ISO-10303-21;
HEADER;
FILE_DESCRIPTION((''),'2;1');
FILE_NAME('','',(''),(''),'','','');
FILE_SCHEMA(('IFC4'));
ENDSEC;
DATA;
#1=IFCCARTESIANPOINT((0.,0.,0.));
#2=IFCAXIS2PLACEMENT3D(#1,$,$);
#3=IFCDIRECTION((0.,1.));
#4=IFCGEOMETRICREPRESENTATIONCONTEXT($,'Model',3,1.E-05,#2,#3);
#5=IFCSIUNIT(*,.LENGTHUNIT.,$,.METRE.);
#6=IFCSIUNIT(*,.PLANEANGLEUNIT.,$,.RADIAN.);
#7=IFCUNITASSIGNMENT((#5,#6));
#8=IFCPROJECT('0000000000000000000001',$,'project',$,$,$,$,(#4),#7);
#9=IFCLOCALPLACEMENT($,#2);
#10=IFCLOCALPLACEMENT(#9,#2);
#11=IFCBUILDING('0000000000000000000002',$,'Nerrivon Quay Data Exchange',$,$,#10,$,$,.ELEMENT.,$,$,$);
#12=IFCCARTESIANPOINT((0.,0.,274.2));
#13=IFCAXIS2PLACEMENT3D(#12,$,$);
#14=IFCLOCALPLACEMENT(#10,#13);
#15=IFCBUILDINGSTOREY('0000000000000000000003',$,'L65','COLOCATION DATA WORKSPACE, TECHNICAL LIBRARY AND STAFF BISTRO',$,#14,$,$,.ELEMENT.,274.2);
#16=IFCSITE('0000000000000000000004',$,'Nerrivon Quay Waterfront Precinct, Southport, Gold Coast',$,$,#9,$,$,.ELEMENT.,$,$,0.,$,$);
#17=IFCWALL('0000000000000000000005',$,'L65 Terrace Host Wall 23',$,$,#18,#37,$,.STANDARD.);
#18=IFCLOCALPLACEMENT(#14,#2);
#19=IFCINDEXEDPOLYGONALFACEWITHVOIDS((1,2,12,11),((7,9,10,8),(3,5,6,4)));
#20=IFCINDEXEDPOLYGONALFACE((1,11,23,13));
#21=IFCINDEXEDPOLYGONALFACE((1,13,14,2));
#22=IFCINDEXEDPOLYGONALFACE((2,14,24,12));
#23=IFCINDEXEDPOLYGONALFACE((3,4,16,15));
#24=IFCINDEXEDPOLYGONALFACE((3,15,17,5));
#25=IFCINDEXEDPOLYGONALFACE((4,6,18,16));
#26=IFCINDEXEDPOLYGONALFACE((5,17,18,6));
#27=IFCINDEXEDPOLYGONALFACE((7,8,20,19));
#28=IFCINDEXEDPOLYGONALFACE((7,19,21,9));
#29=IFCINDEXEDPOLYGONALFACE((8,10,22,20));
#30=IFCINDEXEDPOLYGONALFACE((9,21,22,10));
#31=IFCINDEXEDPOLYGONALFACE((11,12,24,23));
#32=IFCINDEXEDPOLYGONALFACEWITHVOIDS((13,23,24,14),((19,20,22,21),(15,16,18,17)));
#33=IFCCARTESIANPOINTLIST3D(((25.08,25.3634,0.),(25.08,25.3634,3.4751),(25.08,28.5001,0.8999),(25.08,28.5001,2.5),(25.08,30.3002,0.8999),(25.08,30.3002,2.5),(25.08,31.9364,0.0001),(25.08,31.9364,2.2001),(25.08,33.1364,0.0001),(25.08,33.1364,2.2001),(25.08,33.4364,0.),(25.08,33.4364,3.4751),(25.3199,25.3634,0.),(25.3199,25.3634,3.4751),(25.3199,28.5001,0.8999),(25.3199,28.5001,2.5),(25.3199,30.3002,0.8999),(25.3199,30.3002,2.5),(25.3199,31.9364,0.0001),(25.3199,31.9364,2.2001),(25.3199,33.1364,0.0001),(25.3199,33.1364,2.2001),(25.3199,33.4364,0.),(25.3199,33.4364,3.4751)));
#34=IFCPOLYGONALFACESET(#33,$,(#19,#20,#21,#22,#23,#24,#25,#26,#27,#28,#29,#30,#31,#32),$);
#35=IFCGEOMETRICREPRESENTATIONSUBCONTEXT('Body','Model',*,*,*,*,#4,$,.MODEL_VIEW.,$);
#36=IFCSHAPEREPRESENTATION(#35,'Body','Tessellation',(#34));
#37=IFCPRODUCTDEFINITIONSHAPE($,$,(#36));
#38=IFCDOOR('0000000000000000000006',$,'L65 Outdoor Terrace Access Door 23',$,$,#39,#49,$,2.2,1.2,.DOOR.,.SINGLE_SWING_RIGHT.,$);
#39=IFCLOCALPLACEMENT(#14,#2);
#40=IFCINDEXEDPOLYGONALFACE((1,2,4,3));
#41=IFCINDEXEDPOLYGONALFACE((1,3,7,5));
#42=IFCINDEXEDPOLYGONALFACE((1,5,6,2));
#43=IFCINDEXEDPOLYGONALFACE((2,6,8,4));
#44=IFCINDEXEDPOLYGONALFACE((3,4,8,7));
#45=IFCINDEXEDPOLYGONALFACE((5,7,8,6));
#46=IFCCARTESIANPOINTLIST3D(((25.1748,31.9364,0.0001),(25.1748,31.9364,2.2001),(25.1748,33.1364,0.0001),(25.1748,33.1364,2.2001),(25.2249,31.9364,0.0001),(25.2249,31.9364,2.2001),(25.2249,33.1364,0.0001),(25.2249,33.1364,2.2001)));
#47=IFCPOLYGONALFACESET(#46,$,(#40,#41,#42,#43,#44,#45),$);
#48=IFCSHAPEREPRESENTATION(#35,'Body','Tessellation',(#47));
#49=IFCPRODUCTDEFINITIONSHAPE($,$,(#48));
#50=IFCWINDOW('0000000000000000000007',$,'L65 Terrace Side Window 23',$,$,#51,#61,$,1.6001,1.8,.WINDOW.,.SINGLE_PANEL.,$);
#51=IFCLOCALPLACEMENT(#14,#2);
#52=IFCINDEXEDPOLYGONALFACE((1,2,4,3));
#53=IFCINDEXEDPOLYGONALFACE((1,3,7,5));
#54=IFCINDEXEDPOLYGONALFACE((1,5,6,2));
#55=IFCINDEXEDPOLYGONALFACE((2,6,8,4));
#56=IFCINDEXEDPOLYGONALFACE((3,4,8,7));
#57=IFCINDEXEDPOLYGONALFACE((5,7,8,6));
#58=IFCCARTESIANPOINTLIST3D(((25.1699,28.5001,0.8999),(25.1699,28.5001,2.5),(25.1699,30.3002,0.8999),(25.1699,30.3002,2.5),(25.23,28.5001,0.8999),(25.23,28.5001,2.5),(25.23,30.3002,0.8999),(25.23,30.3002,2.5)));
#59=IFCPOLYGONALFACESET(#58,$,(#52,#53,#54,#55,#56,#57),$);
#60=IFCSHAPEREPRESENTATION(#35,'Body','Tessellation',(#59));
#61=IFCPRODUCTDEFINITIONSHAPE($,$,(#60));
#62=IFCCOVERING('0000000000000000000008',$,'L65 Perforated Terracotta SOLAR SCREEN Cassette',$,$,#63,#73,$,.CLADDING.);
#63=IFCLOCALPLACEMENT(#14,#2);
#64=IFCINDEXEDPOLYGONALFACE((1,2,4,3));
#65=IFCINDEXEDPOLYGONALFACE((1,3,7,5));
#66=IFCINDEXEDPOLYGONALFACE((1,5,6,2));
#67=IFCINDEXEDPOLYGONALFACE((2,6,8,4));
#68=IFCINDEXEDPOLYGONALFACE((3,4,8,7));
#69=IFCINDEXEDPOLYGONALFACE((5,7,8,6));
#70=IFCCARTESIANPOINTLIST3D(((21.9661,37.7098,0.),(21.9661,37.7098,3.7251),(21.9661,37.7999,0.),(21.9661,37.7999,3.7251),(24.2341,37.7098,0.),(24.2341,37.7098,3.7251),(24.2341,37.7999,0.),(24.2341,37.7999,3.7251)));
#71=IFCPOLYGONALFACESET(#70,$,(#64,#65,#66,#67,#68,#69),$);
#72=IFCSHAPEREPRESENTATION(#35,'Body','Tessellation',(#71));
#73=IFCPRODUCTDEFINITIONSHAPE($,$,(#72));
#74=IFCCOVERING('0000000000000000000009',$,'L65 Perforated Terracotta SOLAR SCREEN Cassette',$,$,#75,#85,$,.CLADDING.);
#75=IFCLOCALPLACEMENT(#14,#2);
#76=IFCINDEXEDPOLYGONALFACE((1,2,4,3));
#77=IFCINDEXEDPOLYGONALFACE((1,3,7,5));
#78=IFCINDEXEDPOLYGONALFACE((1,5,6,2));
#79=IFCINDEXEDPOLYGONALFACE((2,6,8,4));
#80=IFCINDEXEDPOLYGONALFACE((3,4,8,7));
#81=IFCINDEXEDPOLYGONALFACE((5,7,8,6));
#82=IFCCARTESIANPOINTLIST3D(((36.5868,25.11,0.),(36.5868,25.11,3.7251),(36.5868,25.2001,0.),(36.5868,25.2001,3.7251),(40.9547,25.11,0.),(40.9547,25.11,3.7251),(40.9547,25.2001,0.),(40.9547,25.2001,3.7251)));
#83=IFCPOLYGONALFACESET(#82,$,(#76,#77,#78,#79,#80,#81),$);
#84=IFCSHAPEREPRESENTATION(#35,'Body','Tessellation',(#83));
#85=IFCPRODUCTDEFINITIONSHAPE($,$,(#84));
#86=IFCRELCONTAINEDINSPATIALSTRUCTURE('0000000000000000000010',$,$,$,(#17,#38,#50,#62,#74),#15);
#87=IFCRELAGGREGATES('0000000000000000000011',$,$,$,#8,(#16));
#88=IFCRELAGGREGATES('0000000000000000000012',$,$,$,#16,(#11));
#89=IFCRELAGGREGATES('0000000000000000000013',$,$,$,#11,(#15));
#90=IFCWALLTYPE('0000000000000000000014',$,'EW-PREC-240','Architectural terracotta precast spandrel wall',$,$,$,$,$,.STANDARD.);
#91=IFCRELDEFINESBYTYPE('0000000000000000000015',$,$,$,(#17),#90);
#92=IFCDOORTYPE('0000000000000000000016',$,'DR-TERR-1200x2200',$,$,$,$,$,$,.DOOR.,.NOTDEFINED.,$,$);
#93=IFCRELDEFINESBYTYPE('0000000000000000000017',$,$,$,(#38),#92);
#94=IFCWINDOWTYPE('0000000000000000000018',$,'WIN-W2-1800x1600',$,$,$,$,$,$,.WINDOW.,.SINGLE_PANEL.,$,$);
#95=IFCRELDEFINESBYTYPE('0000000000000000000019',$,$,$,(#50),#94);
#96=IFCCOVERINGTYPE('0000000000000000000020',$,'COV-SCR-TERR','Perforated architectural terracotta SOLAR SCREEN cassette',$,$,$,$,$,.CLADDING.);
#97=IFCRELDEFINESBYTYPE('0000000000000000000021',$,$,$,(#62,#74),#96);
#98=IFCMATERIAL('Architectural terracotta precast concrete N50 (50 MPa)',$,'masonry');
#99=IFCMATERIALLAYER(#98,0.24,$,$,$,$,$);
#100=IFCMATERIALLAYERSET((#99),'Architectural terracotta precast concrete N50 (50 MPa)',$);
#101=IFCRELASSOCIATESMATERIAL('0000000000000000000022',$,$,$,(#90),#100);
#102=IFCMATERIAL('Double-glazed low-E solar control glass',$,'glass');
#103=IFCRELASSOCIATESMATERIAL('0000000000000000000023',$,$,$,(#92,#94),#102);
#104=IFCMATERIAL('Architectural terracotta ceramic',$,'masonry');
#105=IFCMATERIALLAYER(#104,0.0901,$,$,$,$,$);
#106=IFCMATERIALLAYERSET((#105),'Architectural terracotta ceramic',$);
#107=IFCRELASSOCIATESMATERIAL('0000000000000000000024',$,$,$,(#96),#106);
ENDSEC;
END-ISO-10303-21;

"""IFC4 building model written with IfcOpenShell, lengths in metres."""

from ifc_helpers import new_model, si_unit, direction, frame, frame_2d, origin, origin_2d, place, context, subcontext, project, spatial, rectangle, extrude, material, layer, layer_set, type_object, element, fill, save


model = new_model("IFC4")

# Units and contexts
model_context = context("Model", 3, precision=1e-05, world=origin(), true_north=direction((0.0, 1.0)))
body_context = subcontext(model_context, "Body", "Model", "MODEL_VIEW")
ifc_project = project(units=[si_unit("LENGTHUNIT", "METRE"), si_unit("PLANEANGLEUNIT", "RADIAN")], contexts=[model_context])

# Site, building, storey
site_placement = place(None, origin())
site = spatial("IfcSite", under=ifc_project, at=site_placement, Name="Nerrivon Quay Waterfront Precinct, Southport, Gold Coast", CompositionType="ELEMENT", RefElevation=0.0)
building_placement = place(site_placement, origin())
building = spatial("IfcBuilding", under=site, at=building_placement, Name="Nerrivon Quay Data Exchange", CompositionType="ELEMENT")
storey_placement = place(building_placement, frame((0.0, 0.0, 274.2)))
storey = spatial("IfcBuildingStorey", under=building, at=storey_placement, Name="L65", Description="COLOCATION DATA WORKSPACE, TECHNICAL LIBRARY AND STAFF BISTRO", CompositionType="ELEMENT", Elevation=274.2)

# Shared definitions
ifc_material_1 = material(Name="Double-glazed low-E solar control glass", Category="glass")

# Shared definitions
ifc_material_2 = material(Name="Architectural terracotta precast concrete N50 (50 MPa)", Category="masonry")
ifc_layer_1 = layer(ifc_material_2, 0.24)
ifc_layer_set_1 = layer_set([ifc_layer_1], Name="Architectural terracotta precast concrete N50 (50 MPa)")
wall_type = type_object("IfcWallType", Name="EW-PREC-240", Description="Architectural terracotta precast spandrel wall", PredefinedType="STANDARD", material=ifc_layer_set_1)
door_type = type_object("IfcDoorType", Name="DR-TERR-1200x2200", OperationType="NOTDEFINED", PredefinedType="DOOR", material=ifc_material_1)

# Wall, openings, door, window
wall_1_placement = place(storey_placement, frame((25.2, 33.4365, 0.0), z_axis=(0.0, 0.0, 1.0), x_axis=(0.0, -1.0, 0.0)))
wall_1 = element("IfcWall", 1, at=wall_1_placement, inside=storey, type_object=wall_type, Name="L65 Terrace Host Wall 23", PredefinedType="STANDARD", context=body_context, shape_type="SweptSolid", body=[
    extrude(rectangle(XDim=8.073, YDim=0.24, at=frame_2d((4.0366, 0.0))), origin(), (0.0, 0.0, 1.0), 3.4751),
])
opening_1_placement = place(wall_1_placement, frame((0.3, 0.0, 0.0)))
opening_1 = element("IfcOpeningElement", 2, at=opening_1_placement, cuts=wall_1, PredefinedType="OPENING", context=body_context, shape_type="SweptSolid", body=[
    extrude(rectangle(XDim=1.2, YDim=2.2, at=frame_2d((0.6001, 1.1001))), frame((0.0, 0.1299, 0.0), z_axis=(0.0, -1.0, 0.0), x_axis=(1.0, 0.0, 0.0)), (0.0, 0.0, 1.0), 0.26),
])
opening_2_placement = place(wall_1_placement, frame((3.1365, 0.0, 0.8999)))
opening_2 = element("IfcOpeningElement", 3, at=opening_2_placement, cuts=wall_1, PredefinedType="OPENING", context=body_context, shape_type="SweptSolid", body=[
    extrude(rectangle(XDim=1.8, YDim=1.6001, at=frame_2d((0.8999, 0.8))), frame((0.0, 0.1299, 0.0), z_axis=(0.0, -1.0, 0.0), x_axis=(1.0, 0.0, 0.0)), (0.0, 0.0, 1.0), 0.26),
])
door_1_placement = place(opening_1_placement, origin())
door_1 = element("IfcDoor", 4, at=door_1_placement, inside=storey, type_object=door_type, Name="L65 Outdoor Terrace Access Door 23", OperationType="SINGLE_SWING_RIGHT", OverallHeight=2.2, OverallWidth=1.2, PredefinedType="DOOR", context=body_context, shape_type="SweptSolid", body=[
    extrude(rectangle(XDim=1.2, YDim=2.2, at=frame_2d((0.6001, 1.1001))), frame((0.0, 0.0249, 0.0), z_axis=(0.0, -1.0, 0.0), x_axis=(1.0, 0.0, 0.0)), (0.0, 0.0, 1.0), 0.05),
])
fill(opening_1, door_1)
window_type = type_object("IfcWindowType", Name="WIN-W2-1800x1600", PartitioningType="SINGLE_PANEL", PredefinedType="WINDOW", material=ifc_material_1)
window_placement = place(opening_2_placement, origin())
window = element("IfcWindow", 5, at=window_placement, inside=storey, type_object=window_type, Name="L65 Terrace Side Window 23", OverallHeight=1.6001, OverallWidth=1.8, PartitioningType="SINGLE_PANEL", PredefinedType="WINDOW", context=body_context, shape_type="SweptSolid", body=[
    extrude(rectangle(XDim=1.8, YDim=1.6001, at=frame_2d((0.8999, 0.8))), frame((0.0, 0.03, 0.0), z_axis=(0.0, -1.0, 0.0), x_axis=(1.0, 0.0, 0.0)), (0.0, 0.0, 1.0), 0.0601),
])
fill(opening_2, window)

# Coverings
ifc_material_3 = material(Name="Architectural terracotta ceramic", Category="masonry")
ifc_layer_2 = layer(ifc_material_3, 0.0901)
ifc_layer_set_2 = layer_set([ifc_layer_2], Name="Architectural terracotta ceramic")
covering_type = type_object("IfcCoveringType", Name="COV-SCR-TERR", Description="Perforated architectural terracotta SOLAR SCREEN cassette", PredefinedType="CLADDING", material=ifc_layer_set_2)
covering_1_placement = place(storey_placement, frame((23.1001, 37.7549, 0.0), z_axis=(0.0, 0.0, 1.0), x_axis=(1.0, 0.0, 0.0)))
element("IfcCovering", 6, at=covering_1_placement, inside=storey, type_object=covering_type, Name="L65 Perforated Terracotta SOLAR SCREEN Cassette", PredefinedType="CLADDING", context=body_context, shape_type="SweptSolid", body=[
    extrude(rectangle(XDim=2.2681, YDim=0.0901, at=origin_2d()), origin(), (0.0, 0.0, 1.0), 3.7251),
])
covering_2_placement = place(storey_placement, frame((38.7708, 25.155, 0.0), z_axis=(0.0, 0.0, 1.0), x_axis=(1.0, 0.0, 0.0)))
element("IfcCovering", 7, at=covering_2_placement, inside=storey, type_object=covering_type, Name="L65 Perforated Terracotta SOLAR SCREEN Cassette", PredefinedType="CLADDING", context=body_context, shape_type="SweptSolid", body=[
    extrude(rectangle(XDim=4.3679, YDim=0.0901, at=origin_2d()), origin(), (0.0, 0.0, 1.0), 3.7251),
])

save(model, "model.ifc")
